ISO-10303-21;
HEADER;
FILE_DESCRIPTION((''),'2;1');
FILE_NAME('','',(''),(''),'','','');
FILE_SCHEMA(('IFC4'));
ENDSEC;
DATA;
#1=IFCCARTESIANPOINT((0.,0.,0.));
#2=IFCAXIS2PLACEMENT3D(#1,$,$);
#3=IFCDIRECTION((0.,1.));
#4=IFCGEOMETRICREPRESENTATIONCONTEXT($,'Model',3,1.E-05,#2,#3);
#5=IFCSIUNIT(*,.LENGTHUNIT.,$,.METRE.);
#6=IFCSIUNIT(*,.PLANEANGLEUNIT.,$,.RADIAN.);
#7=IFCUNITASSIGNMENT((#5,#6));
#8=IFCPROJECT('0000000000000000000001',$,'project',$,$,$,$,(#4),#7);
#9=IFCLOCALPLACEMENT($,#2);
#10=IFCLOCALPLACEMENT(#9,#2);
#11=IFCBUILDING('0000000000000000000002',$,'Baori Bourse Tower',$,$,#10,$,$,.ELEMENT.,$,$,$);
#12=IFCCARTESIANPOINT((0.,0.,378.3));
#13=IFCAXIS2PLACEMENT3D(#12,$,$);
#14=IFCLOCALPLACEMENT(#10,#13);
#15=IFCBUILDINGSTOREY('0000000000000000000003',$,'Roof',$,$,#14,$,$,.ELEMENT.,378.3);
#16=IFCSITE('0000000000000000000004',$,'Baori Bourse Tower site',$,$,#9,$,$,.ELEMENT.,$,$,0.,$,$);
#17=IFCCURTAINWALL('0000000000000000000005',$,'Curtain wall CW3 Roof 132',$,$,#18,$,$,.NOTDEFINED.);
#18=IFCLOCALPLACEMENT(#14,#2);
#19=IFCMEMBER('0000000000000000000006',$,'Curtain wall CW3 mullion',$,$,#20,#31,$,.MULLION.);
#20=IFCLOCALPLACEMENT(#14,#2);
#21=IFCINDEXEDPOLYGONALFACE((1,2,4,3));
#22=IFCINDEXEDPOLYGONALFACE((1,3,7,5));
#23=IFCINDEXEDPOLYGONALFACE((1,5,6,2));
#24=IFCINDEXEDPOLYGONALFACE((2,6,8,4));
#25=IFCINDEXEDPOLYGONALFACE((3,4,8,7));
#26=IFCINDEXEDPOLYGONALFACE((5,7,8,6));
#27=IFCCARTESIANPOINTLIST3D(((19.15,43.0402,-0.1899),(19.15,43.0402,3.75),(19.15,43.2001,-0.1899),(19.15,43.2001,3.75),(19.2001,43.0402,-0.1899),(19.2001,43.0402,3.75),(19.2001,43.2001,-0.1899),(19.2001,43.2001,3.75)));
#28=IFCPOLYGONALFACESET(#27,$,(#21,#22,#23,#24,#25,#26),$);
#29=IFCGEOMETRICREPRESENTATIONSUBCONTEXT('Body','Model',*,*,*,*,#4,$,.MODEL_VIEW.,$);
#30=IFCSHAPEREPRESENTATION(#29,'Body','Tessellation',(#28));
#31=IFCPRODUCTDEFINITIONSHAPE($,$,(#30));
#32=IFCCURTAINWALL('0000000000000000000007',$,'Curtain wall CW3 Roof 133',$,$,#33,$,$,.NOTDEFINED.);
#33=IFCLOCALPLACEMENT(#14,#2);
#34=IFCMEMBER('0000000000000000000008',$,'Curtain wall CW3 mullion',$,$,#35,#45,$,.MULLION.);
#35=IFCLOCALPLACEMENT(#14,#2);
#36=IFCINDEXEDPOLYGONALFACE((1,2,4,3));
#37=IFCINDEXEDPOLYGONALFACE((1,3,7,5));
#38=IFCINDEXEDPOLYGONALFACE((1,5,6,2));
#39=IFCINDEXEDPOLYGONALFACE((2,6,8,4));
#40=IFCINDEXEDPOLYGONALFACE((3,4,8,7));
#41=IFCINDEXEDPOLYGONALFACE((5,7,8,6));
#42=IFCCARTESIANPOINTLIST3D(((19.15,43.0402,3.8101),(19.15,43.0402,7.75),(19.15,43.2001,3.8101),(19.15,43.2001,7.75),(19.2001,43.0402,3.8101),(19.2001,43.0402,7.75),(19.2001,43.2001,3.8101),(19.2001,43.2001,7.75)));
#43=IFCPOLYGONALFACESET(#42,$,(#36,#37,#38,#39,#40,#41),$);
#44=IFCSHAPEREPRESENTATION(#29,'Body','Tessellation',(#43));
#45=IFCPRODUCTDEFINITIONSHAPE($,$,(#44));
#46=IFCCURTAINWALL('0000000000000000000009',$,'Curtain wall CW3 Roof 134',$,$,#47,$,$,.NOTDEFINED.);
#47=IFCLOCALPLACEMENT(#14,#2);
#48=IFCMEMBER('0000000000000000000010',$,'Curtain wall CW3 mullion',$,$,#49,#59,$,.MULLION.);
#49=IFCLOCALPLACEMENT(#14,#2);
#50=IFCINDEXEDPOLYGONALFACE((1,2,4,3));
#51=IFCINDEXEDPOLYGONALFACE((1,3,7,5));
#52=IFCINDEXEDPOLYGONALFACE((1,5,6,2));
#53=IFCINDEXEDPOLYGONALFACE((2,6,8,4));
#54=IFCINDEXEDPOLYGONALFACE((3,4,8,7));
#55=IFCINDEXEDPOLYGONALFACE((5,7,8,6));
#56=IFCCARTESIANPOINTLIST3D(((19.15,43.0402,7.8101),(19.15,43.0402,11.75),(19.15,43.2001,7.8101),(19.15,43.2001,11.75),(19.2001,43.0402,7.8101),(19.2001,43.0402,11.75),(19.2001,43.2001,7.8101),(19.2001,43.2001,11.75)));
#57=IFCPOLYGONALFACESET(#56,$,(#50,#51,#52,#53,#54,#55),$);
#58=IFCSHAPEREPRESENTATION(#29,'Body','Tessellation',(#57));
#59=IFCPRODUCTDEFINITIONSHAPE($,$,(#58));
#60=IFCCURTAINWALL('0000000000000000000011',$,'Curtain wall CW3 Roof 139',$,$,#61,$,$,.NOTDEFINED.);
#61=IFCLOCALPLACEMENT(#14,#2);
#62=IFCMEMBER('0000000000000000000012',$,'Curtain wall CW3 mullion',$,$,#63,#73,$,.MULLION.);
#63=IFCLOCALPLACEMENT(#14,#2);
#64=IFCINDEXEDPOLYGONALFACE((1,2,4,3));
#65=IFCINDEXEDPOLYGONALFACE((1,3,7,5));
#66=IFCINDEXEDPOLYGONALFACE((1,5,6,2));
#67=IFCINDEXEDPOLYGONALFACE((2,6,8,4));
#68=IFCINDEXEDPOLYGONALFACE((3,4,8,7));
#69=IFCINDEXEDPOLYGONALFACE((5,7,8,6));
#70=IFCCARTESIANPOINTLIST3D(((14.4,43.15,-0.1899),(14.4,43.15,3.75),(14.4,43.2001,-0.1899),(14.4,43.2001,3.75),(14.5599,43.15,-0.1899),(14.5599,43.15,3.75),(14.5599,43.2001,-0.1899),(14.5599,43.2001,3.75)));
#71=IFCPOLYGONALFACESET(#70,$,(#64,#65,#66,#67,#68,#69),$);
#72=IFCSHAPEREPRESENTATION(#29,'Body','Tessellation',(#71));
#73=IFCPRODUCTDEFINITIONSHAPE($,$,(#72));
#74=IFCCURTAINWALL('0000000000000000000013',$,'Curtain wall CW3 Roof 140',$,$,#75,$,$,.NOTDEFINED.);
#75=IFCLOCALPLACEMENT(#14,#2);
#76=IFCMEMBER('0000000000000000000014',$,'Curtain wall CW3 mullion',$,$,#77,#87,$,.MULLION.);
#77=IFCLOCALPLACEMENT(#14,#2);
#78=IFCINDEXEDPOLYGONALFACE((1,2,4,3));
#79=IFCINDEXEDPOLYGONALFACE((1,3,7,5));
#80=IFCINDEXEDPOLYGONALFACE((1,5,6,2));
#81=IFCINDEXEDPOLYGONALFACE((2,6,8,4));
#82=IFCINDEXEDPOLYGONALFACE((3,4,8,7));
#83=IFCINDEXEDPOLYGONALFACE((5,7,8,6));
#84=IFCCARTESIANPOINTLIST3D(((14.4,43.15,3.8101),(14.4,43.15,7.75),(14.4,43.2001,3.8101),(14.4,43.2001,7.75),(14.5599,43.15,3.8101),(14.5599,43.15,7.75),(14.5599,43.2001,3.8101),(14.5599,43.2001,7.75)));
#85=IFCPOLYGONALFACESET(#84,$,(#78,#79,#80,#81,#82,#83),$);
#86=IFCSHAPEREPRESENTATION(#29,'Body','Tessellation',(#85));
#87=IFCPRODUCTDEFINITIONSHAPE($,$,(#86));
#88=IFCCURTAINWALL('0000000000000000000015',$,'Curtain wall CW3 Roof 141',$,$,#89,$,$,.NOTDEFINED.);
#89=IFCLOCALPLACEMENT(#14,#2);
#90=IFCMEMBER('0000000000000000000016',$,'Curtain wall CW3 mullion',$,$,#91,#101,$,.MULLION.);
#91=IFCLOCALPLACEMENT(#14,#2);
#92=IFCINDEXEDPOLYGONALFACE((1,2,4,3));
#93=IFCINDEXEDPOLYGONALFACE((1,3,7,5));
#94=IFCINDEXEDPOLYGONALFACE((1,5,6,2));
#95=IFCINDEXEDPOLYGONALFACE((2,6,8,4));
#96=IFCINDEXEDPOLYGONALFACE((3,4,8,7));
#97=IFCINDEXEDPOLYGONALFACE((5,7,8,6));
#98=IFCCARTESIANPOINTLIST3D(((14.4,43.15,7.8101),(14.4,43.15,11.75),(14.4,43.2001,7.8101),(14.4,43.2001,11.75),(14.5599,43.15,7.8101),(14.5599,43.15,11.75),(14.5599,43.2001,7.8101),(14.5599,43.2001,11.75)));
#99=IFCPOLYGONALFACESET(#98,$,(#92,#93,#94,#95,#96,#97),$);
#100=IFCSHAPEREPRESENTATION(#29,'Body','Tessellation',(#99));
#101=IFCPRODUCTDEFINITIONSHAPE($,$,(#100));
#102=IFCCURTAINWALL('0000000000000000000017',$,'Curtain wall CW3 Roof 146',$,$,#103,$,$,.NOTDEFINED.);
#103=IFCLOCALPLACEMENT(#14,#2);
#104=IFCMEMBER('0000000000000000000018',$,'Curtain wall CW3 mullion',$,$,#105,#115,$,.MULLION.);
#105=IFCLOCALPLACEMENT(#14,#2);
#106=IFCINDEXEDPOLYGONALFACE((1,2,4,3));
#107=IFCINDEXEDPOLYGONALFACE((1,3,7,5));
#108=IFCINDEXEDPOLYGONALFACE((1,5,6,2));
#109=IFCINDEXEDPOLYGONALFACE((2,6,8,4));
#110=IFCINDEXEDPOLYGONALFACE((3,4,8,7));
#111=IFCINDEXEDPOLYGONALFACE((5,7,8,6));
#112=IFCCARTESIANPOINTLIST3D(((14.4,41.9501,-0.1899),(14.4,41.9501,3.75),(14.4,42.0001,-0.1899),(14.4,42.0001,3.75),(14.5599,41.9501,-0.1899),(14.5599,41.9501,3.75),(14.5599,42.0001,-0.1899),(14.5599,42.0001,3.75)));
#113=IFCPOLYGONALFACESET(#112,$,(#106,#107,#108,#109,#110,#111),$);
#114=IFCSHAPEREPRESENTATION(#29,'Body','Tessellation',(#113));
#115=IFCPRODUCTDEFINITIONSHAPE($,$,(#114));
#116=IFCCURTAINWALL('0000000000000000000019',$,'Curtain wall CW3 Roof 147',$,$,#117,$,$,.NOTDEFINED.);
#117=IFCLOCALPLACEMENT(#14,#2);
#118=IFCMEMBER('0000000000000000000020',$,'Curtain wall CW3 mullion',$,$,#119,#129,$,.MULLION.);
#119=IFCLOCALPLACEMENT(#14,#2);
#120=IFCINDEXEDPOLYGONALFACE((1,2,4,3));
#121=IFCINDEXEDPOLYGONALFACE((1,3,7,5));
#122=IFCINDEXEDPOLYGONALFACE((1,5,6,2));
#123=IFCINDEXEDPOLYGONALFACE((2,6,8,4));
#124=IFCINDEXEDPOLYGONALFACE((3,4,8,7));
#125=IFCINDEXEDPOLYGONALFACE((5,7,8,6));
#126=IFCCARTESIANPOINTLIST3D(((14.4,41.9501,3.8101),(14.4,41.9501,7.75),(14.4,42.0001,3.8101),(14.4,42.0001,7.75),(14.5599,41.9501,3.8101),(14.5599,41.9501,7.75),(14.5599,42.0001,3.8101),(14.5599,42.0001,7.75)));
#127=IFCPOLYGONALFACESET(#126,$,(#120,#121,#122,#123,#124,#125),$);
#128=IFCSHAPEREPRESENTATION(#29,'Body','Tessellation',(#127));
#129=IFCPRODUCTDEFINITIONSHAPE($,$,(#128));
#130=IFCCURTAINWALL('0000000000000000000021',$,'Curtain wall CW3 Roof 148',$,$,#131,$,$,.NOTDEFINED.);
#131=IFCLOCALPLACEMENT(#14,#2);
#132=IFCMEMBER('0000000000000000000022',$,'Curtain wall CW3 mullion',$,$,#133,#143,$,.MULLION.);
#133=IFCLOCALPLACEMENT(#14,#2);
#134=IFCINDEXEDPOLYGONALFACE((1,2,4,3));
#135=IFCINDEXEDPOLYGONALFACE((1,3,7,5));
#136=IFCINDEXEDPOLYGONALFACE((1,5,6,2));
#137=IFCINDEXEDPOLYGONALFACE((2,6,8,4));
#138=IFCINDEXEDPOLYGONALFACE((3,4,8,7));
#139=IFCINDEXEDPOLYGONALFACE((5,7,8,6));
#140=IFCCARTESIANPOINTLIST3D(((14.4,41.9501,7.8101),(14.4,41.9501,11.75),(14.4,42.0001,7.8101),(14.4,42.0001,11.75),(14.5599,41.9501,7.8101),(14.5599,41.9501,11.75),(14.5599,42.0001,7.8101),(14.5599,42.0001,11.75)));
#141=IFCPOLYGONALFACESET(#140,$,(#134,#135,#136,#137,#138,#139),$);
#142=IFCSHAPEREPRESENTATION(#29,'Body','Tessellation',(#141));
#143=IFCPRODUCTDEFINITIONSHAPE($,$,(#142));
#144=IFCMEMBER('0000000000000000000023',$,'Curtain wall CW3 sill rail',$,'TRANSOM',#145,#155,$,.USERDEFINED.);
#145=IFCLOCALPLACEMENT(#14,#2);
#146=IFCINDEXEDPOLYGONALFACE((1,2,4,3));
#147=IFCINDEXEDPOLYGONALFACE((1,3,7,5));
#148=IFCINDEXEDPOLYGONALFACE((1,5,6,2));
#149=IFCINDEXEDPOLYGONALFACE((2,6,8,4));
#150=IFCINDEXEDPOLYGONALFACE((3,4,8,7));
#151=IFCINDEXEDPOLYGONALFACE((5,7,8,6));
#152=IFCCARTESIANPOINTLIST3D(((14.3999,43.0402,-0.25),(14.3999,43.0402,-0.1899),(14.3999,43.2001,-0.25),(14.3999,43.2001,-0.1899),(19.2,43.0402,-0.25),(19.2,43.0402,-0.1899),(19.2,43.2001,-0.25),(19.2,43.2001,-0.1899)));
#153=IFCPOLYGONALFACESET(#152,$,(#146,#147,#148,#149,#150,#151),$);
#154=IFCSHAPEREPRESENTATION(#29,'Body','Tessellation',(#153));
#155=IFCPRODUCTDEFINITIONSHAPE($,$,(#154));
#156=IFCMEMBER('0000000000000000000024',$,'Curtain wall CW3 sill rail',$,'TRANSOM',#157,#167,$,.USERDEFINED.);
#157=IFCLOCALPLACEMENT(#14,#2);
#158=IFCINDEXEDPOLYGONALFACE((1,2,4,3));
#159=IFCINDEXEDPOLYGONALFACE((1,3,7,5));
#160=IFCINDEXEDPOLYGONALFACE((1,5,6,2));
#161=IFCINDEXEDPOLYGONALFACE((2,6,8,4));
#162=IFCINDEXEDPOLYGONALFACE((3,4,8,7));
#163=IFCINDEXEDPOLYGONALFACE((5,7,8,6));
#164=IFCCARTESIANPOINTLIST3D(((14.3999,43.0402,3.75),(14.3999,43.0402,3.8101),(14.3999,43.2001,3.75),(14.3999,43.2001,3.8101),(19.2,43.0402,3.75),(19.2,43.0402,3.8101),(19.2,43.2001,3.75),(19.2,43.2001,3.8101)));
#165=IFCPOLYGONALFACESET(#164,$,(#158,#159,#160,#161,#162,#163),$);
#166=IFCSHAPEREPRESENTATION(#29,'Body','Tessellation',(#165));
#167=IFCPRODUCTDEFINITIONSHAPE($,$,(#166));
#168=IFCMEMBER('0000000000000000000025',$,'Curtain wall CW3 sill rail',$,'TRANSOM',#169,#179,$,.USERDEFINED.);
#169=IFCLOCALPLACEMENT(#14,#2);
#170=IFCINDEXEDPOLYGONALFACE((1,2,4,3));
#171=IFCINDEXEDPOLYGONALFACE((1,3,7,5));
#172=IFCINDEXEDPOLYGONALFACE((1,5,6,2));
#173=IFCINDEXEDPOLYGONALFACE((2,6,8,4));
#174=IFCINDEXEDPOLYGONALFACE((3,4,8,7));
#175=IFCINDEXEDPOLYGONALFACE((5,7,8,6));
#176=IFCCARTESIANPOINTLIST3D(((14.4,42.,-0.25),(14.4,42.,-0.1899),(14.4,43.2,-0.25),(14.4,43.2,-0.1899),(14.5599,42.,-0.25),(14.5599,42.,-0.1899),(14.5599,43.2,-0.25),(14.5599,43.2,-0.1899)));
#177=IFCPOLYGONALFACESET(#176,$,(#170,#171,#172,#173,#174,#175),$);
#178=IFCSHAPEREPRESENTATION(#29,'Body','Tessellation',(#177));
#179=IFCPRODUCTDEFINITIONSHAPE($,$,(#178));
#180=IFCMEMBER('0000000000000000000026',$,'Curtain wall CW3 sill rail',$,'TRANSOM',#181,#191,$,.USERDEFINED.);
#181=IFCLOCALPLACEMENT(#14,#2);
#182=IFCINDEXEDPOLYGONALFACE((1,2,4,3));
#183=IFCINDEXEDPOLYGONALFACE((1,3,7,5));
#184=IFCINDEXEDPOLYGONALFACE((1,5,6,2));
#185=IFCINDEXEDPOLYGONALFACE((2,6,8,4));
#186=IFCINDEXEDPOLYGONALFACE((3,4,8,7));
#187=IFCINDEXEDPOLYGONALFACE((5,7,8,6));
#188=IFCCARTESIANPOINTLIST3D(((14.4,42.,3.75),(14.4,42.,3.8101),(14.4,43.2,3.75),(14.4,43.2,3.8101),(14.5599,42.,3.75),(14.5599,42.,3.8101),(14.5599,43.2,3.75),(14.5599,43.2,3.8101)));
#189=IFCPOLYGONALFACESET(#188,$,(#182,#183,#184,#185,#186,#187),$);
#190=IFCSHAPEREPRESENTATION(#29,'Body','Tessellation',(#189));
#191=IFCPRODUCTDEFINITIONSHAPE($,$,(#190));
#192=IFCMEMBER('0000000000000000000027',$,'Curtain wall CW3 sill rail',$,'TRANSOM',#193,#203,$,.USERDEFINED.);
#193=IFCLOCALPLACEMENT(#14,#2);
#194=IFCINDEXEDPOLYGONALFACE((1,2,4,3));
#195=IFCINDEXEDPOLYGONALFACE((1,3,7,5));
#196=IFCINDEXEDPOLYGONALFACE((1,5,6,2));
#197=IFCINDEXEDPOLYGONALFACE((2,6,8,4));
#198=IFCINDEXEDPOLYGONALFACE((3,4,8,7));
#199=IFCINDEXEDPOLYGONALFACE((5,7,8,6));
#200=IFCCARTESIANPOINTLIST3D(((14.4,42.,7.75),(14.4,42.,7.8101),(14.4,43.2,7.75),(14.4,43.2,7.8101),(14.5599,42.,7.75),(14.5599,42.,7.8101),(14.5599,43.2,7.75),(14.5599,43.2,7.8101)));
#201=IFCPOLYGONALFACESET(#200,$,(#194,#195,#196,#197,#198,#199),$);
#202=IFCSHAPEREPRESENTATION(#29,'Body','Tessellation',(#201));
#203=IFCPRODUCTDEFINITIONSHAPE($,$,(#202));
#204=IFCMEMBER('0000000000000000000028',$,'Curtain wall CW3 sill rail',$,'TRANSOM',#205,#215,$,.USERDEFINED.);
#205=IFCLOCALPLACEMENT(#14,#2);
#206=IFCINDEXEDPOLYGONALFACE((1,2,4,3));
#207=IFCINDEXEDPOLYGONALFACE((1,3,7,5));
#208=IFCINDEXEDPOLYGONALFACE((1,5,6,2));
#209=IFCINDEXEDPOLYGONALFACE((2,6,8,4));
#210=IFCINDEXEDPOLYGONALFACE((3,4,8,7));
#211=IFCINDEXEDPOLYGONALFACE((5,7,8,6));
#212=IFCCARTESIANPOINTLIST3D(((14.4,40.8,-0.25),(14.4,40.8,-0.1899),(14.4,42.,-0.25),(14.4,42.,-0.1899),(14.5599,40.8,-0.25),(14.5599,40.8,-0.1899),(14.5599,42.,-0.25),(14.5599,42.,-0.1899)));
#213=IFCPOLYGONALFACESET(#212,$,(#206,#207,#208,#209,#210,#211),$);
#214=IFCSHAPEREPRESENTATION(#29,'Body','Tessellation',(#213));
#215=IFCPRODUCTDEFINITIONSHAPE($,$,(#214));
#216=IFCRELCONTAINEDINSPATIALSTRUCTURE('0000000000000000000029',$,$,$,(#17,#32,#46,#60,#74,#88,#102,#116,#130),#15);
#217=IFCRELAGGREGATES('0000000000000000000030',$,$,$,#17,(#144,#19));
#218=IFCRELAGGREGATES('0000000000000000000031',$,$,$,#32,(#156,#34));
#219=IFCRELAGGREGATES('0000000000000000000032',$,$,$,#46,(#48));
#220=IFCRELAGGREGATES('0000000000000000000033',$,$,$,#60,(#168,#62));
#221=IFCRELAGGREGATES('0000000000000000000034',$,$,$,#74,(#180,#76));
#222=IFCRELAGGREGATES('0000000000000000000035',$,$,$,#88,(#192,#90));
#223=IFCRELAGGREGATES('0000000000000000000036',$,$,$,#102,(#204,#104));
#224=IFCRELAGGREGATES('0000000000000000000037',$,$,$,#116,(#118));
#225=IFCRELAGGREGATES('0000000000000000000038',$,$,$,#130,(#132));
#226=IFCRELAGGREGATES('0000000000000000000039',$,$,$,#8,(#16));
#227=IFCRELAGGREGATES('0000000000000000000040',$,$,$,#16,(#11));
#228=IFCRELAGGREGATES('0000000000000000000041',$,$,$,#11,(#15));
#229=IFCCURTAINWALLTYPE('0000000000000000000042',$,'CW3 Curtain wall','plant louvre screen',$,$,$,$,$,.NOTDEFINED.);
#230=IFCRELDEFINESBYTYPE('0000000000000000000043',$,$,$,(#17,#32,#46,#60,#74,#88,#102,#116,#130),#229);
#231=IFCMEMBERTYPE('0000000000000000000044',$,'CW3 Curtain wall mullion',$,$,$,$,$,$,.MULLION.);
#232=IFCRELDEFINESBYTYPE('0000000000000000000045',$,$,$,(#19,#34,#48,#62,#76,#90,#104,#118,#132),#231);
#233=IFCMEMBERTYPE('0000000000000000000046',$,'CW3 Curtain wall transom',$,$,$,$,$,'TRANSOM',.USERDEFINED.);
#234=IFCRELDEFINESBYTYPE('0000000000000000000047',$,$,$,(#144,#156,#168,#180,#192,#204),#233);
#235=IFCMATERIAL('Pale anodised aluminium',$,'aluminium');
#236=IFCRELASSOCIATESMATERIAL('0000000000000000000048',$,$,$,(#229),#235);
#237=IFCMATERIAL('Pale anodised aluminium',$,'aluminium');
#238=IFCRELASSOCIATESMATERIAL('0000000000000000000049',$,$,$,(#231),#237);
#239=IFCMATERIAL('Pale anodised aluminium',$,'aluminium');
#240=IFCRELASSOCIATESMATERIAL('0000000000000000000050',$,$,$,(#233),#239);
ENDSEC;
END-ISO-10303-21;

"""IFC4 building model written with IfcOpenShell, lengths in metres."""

from ifc_helpers import new_model, si_unit, direction, frame, origin, origin_2d, place, context, subcontext, project, spatial, rectangle, extrude, material, material_profile, profile_set, type_object, element, aggregate, save


model = new_model("IFC4")

# Units and contexts
model_context = context("Model", 3, precision=1e-05, world=origin(), true_north=direction((0.0, 1.0)))
body_context = subcontext(model_context, "Body", "Model", "MODEL_VIEW")
ifc_project = project(units=[si_unit("LENGTHUNIT", "METRE"), si_unit("PLANEANGLEUNIT", "RADIAN")], contexts=[model_context])

# Site, building, storey
site_placement = place(None, origin())
site = spatial("IfcSite", under=ifc_project, at=site_placement, Name="Baori Bourse Tower site", CompositionType="ELEMENT", RefElevation=0.0)
building_placement = place(site_placement, origin())
building = spatial("IfcBuilding", under=site, at=building_placement, Name="Baori Bourse Tower", CompositionType="ELEMENT")
storey_placement = place(building_placement, frame((0.0, 0.0, 378.3)))
storey = spatial("IfcBuildingStorey", under=building, at=storey_placement, Name="Roof", CompositionType="ELEMENT", Elevation=378.3)

# Curtain walls, members
ifc_material_1 = material(Name="Pale anodised aluminium", Category="aluminium")
curtain_wall_type_1 = type_object("IfcCurtainWallType", Name="CW3 Curtain wall", Description="plant louvre screen", PredefinedType="NOTDEFINED", material=ifc_material_1)
curtain_wall_1_placement = place(storey_placement, origin())
curtain_wall_1 = element("IfcCurtainWall", 1, at=curtain_wall_1_placement, inside=storey, type_object=curtain_wall_type_1, Name="Curtain wall CW3 Roof 132", PredefinedType="NOTDEFINED")
ifc_material_2 = material(Name="Pale anodised aluminium", Category="aluminium")
ifc_material_profile_1 = material_profile(ifc_material_2, rectangle(XDim=0.1599, YDim=0.05, at=origin_2d()), Name="Mullion 50x160")
ifc_profile_set_1 = profile_set([ifc_material_profile_1], Name="Pale anodised aluminium")
member_type_1 = type_object("IfcMemberType", Name="CW3 Curtain wall mullion", PredefinedType="MULLION", material=ifc_profile_set_1)
member_1_placement = place(storey_placement, frame((19.175, 43.1201, -0.1899), z_axis=(0.0, 0.0, 1.0), x_axis=(0.0, -1.0, 0.0)))
member_1 = element("IfcMember", 2, at=member_1_placement, type_object=member_type_1, Name="Curtain wall CW3 mullion", PredefinedType="MULLION", context=body_context, shape_type="SweptSolid", body=[
    extrude(rectangle(XDim=0.1599, YDim=0.05, at=origin_2d()), origin(), (0.0, 0.0, 1.0), 3.9399),
])
curtain_wall_2_placement = place(storey_placement, origin())
curtain_wall_2 = element("IfcCurtainWall", 3, at=curtain_wall_2_placement, inside=storey, type_object=curtain_wall_type_1, Name="Curtain wall CW3 Roof 133", PredefinedType="NOTDEFINED")
member_2_placement = place(storey_placement, frame((19.175, 43.1201, 3.8101), z_axis=(0.0, 0.0, 1.0), x_axis=(0.0, -1.0, 0.0)))
member_2 = element("IfcMember", 4, at=member_2_placement, type_object=member_type_1, Name="Curtain wall CW3 mullion", PredefinedType="MULLION", context=body_context, shape_type="SweptSolid", body=[
    extrude(rectangle(XDim=0.1599, YDim=0.05, at=origin_2d()), origin(), (0.0, 0.0, 1.0), 3.9399),
])
curtain_wall_3_placement = place(storey_placement, origin())
curtain_wall_3 = element("IfcCurtainWall", 5, at=curtain_wall_3_placement, inside=storey, type_object=curtain_wall_type_1, Name="Curtain wall CW3 Roof 134", PredefinedType="NOTDEFINED")
member_3_placement = place(storey_placement, frame((19.175, 43.1201, 7.8101), z_axis=(0.0, 0.0, 1.0), x_axis=(0.0, -1.0, 0.0)))
member_3 = element("IfcMember", 6, at=member_3_placement, type_object=member_type_1, Name="Curtain wall CW3 mullion", PredefinedType="MULLION", context=body_context, shape_type="SweptSolid", body=[
    extrude(rectangle(XDim=0.1599, YDim=0.05, at=origin_2d()), origin(), (0.0, 0.0, 1.0), 3.9399),
])
curtain_wall_4_placement = place(storey_placement, origin())
curtain_wall_4 = element("IfcCurtainWall", 7, at=curtain_wall_4_placement, inside=storey, type_object=curtain_wall_type_1, Name="Curtain wall CW3 Roof 139", PredefinedType="NOTDEFINED")
member_4_placement = place(storey_placement, frame((14.48, 43.175, -0.1899), z_axis=(0.0, 0.0, 1.0), x_axis=(1.0, 0.0, 0.0)))
member_4 = element("IfcMember", 8, at=member_4_placement, type_object=member_type_1, Name="Curtain wall CW3 mullion", PredefinedType="MULLION", context=body_context, shape_type="SweptSolid", body=[
    extrude(rectangle(XDim=0.1599, YDim=0.05, at=origin_2d()), origin(), (0.0, 0.0, 1.0), 3.9399),
])
curtain_wall_5_placement = place(storey_placement, origin())
curtain_wall_5 = element("IfcCurtainWall", 9, at=curtain_wall_5_placement, inside=storey, type_object=curtain_wall_type_1, Name="Curtain wall CW3 Roof 140", PredefinedType="NOTDEFINED")
member_5_placement = place(storey_placement, frame((14.48, 43.175, 3.8101), z_axis=(0.0, 0.0, 1.0), x_axis=(1.0, 0.0, 0.0)))
member_5 = element("IfcMember", 10, at=member_5_placement, type_object=member_type_1, Name="Curtain wall CW3 mullion", PredefinedType="MULLION", context=body_context, shape_type="SweptSolid", body=[
    extrude(rectangle(XDim=0.1599, YDim=0.05, at=origin_2d()), origin(), (0.0, 0.0, 1.0), 3.9399),
])
curtain_wall_6_placement = place(storey_placement, origin())
curtain_wall_6 = element("IfcCurtainWall", 11, at=curtain_wall_6_placement, inside=storey, type_object=curtain_wall_type_1, Name="Curtain wall CW3 Roof 141", PredefinedType="NOTDEFINED")
member_6_placement = place(storey_placement, frame((14.48, 43.175, 7.8101), z_axis=(0.0, 0.0, 1.0), x_axis=(1.0, 0.0, 0.0)))
member_6 = element("IfcMember", 12, at=member_6_placement, type_object=member_type_1, Name="Curtain wall CW3 mullion", PredefinedType="MULLION", context=body_context, shape_type="SweptSolid", body=[
    extrude(rectangle(XDim=0.1599, YDim=0.05, at=origin_2d()), origin(), (0.0, 0.0, 1.0), 3.9399),
])
curtain_wall_7_placement = place(storey_placement, origin())
curtain_wall_7 = element("IfcCurtainWall", 13, at=curtain_wall_7_placement, inside=storey, type_object=curtain_wall_type_1, Name="Curtain wall CW3 Roof 146", PredefinedType="NOTDEFINED")
member_7_placement = place(storey_placement, frame((14.48, 41.9751, -0.1899), z_axis=(0.0, 0.0, 1.0), x_axis=(1.0, 0.0, 0.0)))
member_7 = element("IfcMember", 14, at=member_7_placement, type_object=member_type_1, Name="Curtain wall CW3 mullion", PredefinedType="MULLION", context=body_context, shape_type="SweptSolid", body=[
    extrude(rectangle(XDim=0.1599, YDim=0.05, at=origin_2d()), origin(), (0.0, 0.0, 1.0), 3.9399),
])
curtain_wall_8_placement = place(storey_placement, origin())
curtain_wall_8 = element("IfcCurtainWall", 15, at=curtain_wall_8_placement, inside=storey, type_object=curtain_wall_type_1, Name="Curtain wall CW3 Roof 147", PredefinedType="NOTDEFINED")
member_8_placement = place(storey_placement, frame((14.48, 41.9751, 3.8101), z_axis=(0.0, 0.0, 1.0), x_axis=(1.0, 0.0, 0.0)))
member_8 = element("IfcMember", 16, at=member_8_placement, type_object=member_type_1, Name="Curtain wall CW3 mullion", PredefinedType="MULLION", context=body_context, shape_type="SweptSolid", body=[
    extrude(rectangle(XDim=0.1599, YDim=0.05, at=origin_2d()), origin(), (0.0, 0.0, 1.0), 3.9399),
])
curtain_wall_9_placement = place(storey_placement, origin())
curtain_wall_9 = element("IfcCurtainWall", 17, at=curtain_wall_9_placement, inside=storey, type_object=curtain_wall_type_1, Name="Curtain wall CW3 Roof 148", PredefinedType="NOTDEFINED")
member_9_placement = place(storey_placement, frame((14.48, 41.9751, 7.8101), z_axis=(0.0, 0.0, 1.0), x_axis=(1.0, 0.0, 0.0)))
member_9 = element("IfcMember", 18, at=member_9_placement, type_object=member_type_1, Name="Curtain wall CW3 mullion", PredefinedType="MULLION", context=body_context, shape_type="SweptSolid", body=[
    extrude(rectangle(XDim=0.1599, YDim=0.05, at=origin_2d()), origin(), (0.0, 0.0, 1.0), 3.9399),
])

# Members
ifc_material_3 = material(Name="Pale anodised aluminium", Category="aluminium")
ifc_material_profile_2 = material_profile(ifc_material_3, rectangle(XDim=0.1599, YDim=0.0601, at=origin_2d()), Name="Transom 60x160")
ifc_profile_set_2 = profile_set([ifc_material_profile_2], Name="Pale anodised aluminium")
member_type_2 = type_object("IfcMemberType", Name="CW3 Curtain wall transom", ElementType="TRANSOM", PredefinedType="USERDEFINED", material=ifc_profile_set_2)
member_10_placement = place(storey_placement, frame((19.2, 43.1201, -0.22), z_axis=(-1.0, 0.0, 0.0), x_axis=(0.0, -1.0, 0.0)))
member_10 = element("IfcMember", 19, at=member_10_placement, type_object=member_type_2, Name="Curtain wall CW3 sill rail", ObjectType="TRANSOM", PredefinedType="USERDEFINED", context=body_context, shape_type="SweptSolid", body=[
    extrude(rectangle(XDim=0.1599, YDim=0.0601, at=origin_2d()), origin(), (0.0, 0.0, 1.0), 4.8),
])
member_11_placement = place(storey_placement, frame((19.2, 43.1201, 3.78), z_axis=(-1.0, 0.0, 0.0), x_axis=(0.0, -1.0, 0.0)))
member_11 = element("IfcMember", 20, at=member_11_placement, type_object=member_type_2, Name="Curtain wall CW3 sill rail", ObjectType="TRANSOM", PredefinedType="USERDEFINED", context=body_context, shape_type="SweptSolid", body=[
    extrude(rectangle(XDim=0.1599, YDim=0.0601, at=origin_2d()), origin(), (0.0, 0.0, 1.0), 4.8),
])
member_12_placement = place(storey_placement, frame((14.48, 43.2, -0.22), z_axis=(0.0, -1.0, 0.0), x_axis=(1.0, 0.0, 0.0)))
member_12 = element("IfcMember", 21, at=member_12_placement, type_object=member_type_2, Name="Curtain wall CW3 sill rail", ObjectType="TRANSOM", PredefinedType="USERDEFINED", context=body_context, shape_type="SweptSolid", body=[
    extrude(rectangle(XDim=0.1599, YDim=0.0601, at=origin_2d()), origin(), (0.0, 0.0, 1.0), 1.2),
])
member_13_placement = place(storey_placement, frame((14.48, 43.2, 3.78), z_axis=(0.0, -1.0, 0.0), x_axis=(1.0, 0.0, 0.0)))
member_13 = element("IfcMember", 22, at=member_13_placement, type_object=member_type_2, Name="Curtain wall CW3 sill rail", ObjectType="TRANSOM", PredefinedType="USERDEFINED", context=body_context, shape_type="SweptSolid", body=[
    extrude(rectangle(XDim=0.1599, YDim=0.0601, at=origin_2d()), origin(), (0.0, 0.0, 1.0), 1.2),
])
member_14_placement = place(storey_placement, frame((14.48, 43.2, 7.78), z_axis=(0.0, -1.0, 0.0), x_axis=(1.0, 0.0, 0.0)))
member_14 = element("IfcMember", 23, at=member_14_placement, type_object=member_type_2, Name="Curtain wall CW3 sill rail", ObjectType="TRANSOM", PredefinedType="USERDEFINED", context=body_context, shape_type="SweptSolid", body=[
    extrude(rectangle(XDim=0.1599, YDim=0.0601, at=origin_2d()), origin(), (0.0, 0.0, 1.0), 1.2),
])
member_15_placement = place(storey_placement, frame((14.48, 42.0, -0.22), z_axis=(0.0, -1.0, 0.0), x_axis=(1.0, 0.0, 0.0)))
member_15 = element("IfcMember", 24, at=member_15_placement, type_object=member_type_2, Name="Curtain wall CW3 sill rail", ObjectType="TRANSOM", PredefinedType="USERDEFINED", context=body_context, shape_type="SweptSolid", body=[
    extrude(rectangle(XDim=0.1599, YDim=0.0601, at=origin_2d()), origin(), (0.0, 0.0, 1.0), 1.2),
])

aggregate(curtain_wall_1, [member_10, member_1])
aggregate(curtain_wall_2, [member_11, member_2])
aggregate(curtain_wall_3, [member_3])
aggregate(curtain_wall_4, [member_12, member_4])
aggregate(curtain_wall_5, [member_13, member_5])
aggregate(curtain_wall_6, [member_14, member_6])
aggregate(curtain_wall_7, [member_15, member_7])
aggregate(curtain_wall_8, [member_8])
aggregate(curtain_wall_9, [member_9])

save(model, "model.ifc")
